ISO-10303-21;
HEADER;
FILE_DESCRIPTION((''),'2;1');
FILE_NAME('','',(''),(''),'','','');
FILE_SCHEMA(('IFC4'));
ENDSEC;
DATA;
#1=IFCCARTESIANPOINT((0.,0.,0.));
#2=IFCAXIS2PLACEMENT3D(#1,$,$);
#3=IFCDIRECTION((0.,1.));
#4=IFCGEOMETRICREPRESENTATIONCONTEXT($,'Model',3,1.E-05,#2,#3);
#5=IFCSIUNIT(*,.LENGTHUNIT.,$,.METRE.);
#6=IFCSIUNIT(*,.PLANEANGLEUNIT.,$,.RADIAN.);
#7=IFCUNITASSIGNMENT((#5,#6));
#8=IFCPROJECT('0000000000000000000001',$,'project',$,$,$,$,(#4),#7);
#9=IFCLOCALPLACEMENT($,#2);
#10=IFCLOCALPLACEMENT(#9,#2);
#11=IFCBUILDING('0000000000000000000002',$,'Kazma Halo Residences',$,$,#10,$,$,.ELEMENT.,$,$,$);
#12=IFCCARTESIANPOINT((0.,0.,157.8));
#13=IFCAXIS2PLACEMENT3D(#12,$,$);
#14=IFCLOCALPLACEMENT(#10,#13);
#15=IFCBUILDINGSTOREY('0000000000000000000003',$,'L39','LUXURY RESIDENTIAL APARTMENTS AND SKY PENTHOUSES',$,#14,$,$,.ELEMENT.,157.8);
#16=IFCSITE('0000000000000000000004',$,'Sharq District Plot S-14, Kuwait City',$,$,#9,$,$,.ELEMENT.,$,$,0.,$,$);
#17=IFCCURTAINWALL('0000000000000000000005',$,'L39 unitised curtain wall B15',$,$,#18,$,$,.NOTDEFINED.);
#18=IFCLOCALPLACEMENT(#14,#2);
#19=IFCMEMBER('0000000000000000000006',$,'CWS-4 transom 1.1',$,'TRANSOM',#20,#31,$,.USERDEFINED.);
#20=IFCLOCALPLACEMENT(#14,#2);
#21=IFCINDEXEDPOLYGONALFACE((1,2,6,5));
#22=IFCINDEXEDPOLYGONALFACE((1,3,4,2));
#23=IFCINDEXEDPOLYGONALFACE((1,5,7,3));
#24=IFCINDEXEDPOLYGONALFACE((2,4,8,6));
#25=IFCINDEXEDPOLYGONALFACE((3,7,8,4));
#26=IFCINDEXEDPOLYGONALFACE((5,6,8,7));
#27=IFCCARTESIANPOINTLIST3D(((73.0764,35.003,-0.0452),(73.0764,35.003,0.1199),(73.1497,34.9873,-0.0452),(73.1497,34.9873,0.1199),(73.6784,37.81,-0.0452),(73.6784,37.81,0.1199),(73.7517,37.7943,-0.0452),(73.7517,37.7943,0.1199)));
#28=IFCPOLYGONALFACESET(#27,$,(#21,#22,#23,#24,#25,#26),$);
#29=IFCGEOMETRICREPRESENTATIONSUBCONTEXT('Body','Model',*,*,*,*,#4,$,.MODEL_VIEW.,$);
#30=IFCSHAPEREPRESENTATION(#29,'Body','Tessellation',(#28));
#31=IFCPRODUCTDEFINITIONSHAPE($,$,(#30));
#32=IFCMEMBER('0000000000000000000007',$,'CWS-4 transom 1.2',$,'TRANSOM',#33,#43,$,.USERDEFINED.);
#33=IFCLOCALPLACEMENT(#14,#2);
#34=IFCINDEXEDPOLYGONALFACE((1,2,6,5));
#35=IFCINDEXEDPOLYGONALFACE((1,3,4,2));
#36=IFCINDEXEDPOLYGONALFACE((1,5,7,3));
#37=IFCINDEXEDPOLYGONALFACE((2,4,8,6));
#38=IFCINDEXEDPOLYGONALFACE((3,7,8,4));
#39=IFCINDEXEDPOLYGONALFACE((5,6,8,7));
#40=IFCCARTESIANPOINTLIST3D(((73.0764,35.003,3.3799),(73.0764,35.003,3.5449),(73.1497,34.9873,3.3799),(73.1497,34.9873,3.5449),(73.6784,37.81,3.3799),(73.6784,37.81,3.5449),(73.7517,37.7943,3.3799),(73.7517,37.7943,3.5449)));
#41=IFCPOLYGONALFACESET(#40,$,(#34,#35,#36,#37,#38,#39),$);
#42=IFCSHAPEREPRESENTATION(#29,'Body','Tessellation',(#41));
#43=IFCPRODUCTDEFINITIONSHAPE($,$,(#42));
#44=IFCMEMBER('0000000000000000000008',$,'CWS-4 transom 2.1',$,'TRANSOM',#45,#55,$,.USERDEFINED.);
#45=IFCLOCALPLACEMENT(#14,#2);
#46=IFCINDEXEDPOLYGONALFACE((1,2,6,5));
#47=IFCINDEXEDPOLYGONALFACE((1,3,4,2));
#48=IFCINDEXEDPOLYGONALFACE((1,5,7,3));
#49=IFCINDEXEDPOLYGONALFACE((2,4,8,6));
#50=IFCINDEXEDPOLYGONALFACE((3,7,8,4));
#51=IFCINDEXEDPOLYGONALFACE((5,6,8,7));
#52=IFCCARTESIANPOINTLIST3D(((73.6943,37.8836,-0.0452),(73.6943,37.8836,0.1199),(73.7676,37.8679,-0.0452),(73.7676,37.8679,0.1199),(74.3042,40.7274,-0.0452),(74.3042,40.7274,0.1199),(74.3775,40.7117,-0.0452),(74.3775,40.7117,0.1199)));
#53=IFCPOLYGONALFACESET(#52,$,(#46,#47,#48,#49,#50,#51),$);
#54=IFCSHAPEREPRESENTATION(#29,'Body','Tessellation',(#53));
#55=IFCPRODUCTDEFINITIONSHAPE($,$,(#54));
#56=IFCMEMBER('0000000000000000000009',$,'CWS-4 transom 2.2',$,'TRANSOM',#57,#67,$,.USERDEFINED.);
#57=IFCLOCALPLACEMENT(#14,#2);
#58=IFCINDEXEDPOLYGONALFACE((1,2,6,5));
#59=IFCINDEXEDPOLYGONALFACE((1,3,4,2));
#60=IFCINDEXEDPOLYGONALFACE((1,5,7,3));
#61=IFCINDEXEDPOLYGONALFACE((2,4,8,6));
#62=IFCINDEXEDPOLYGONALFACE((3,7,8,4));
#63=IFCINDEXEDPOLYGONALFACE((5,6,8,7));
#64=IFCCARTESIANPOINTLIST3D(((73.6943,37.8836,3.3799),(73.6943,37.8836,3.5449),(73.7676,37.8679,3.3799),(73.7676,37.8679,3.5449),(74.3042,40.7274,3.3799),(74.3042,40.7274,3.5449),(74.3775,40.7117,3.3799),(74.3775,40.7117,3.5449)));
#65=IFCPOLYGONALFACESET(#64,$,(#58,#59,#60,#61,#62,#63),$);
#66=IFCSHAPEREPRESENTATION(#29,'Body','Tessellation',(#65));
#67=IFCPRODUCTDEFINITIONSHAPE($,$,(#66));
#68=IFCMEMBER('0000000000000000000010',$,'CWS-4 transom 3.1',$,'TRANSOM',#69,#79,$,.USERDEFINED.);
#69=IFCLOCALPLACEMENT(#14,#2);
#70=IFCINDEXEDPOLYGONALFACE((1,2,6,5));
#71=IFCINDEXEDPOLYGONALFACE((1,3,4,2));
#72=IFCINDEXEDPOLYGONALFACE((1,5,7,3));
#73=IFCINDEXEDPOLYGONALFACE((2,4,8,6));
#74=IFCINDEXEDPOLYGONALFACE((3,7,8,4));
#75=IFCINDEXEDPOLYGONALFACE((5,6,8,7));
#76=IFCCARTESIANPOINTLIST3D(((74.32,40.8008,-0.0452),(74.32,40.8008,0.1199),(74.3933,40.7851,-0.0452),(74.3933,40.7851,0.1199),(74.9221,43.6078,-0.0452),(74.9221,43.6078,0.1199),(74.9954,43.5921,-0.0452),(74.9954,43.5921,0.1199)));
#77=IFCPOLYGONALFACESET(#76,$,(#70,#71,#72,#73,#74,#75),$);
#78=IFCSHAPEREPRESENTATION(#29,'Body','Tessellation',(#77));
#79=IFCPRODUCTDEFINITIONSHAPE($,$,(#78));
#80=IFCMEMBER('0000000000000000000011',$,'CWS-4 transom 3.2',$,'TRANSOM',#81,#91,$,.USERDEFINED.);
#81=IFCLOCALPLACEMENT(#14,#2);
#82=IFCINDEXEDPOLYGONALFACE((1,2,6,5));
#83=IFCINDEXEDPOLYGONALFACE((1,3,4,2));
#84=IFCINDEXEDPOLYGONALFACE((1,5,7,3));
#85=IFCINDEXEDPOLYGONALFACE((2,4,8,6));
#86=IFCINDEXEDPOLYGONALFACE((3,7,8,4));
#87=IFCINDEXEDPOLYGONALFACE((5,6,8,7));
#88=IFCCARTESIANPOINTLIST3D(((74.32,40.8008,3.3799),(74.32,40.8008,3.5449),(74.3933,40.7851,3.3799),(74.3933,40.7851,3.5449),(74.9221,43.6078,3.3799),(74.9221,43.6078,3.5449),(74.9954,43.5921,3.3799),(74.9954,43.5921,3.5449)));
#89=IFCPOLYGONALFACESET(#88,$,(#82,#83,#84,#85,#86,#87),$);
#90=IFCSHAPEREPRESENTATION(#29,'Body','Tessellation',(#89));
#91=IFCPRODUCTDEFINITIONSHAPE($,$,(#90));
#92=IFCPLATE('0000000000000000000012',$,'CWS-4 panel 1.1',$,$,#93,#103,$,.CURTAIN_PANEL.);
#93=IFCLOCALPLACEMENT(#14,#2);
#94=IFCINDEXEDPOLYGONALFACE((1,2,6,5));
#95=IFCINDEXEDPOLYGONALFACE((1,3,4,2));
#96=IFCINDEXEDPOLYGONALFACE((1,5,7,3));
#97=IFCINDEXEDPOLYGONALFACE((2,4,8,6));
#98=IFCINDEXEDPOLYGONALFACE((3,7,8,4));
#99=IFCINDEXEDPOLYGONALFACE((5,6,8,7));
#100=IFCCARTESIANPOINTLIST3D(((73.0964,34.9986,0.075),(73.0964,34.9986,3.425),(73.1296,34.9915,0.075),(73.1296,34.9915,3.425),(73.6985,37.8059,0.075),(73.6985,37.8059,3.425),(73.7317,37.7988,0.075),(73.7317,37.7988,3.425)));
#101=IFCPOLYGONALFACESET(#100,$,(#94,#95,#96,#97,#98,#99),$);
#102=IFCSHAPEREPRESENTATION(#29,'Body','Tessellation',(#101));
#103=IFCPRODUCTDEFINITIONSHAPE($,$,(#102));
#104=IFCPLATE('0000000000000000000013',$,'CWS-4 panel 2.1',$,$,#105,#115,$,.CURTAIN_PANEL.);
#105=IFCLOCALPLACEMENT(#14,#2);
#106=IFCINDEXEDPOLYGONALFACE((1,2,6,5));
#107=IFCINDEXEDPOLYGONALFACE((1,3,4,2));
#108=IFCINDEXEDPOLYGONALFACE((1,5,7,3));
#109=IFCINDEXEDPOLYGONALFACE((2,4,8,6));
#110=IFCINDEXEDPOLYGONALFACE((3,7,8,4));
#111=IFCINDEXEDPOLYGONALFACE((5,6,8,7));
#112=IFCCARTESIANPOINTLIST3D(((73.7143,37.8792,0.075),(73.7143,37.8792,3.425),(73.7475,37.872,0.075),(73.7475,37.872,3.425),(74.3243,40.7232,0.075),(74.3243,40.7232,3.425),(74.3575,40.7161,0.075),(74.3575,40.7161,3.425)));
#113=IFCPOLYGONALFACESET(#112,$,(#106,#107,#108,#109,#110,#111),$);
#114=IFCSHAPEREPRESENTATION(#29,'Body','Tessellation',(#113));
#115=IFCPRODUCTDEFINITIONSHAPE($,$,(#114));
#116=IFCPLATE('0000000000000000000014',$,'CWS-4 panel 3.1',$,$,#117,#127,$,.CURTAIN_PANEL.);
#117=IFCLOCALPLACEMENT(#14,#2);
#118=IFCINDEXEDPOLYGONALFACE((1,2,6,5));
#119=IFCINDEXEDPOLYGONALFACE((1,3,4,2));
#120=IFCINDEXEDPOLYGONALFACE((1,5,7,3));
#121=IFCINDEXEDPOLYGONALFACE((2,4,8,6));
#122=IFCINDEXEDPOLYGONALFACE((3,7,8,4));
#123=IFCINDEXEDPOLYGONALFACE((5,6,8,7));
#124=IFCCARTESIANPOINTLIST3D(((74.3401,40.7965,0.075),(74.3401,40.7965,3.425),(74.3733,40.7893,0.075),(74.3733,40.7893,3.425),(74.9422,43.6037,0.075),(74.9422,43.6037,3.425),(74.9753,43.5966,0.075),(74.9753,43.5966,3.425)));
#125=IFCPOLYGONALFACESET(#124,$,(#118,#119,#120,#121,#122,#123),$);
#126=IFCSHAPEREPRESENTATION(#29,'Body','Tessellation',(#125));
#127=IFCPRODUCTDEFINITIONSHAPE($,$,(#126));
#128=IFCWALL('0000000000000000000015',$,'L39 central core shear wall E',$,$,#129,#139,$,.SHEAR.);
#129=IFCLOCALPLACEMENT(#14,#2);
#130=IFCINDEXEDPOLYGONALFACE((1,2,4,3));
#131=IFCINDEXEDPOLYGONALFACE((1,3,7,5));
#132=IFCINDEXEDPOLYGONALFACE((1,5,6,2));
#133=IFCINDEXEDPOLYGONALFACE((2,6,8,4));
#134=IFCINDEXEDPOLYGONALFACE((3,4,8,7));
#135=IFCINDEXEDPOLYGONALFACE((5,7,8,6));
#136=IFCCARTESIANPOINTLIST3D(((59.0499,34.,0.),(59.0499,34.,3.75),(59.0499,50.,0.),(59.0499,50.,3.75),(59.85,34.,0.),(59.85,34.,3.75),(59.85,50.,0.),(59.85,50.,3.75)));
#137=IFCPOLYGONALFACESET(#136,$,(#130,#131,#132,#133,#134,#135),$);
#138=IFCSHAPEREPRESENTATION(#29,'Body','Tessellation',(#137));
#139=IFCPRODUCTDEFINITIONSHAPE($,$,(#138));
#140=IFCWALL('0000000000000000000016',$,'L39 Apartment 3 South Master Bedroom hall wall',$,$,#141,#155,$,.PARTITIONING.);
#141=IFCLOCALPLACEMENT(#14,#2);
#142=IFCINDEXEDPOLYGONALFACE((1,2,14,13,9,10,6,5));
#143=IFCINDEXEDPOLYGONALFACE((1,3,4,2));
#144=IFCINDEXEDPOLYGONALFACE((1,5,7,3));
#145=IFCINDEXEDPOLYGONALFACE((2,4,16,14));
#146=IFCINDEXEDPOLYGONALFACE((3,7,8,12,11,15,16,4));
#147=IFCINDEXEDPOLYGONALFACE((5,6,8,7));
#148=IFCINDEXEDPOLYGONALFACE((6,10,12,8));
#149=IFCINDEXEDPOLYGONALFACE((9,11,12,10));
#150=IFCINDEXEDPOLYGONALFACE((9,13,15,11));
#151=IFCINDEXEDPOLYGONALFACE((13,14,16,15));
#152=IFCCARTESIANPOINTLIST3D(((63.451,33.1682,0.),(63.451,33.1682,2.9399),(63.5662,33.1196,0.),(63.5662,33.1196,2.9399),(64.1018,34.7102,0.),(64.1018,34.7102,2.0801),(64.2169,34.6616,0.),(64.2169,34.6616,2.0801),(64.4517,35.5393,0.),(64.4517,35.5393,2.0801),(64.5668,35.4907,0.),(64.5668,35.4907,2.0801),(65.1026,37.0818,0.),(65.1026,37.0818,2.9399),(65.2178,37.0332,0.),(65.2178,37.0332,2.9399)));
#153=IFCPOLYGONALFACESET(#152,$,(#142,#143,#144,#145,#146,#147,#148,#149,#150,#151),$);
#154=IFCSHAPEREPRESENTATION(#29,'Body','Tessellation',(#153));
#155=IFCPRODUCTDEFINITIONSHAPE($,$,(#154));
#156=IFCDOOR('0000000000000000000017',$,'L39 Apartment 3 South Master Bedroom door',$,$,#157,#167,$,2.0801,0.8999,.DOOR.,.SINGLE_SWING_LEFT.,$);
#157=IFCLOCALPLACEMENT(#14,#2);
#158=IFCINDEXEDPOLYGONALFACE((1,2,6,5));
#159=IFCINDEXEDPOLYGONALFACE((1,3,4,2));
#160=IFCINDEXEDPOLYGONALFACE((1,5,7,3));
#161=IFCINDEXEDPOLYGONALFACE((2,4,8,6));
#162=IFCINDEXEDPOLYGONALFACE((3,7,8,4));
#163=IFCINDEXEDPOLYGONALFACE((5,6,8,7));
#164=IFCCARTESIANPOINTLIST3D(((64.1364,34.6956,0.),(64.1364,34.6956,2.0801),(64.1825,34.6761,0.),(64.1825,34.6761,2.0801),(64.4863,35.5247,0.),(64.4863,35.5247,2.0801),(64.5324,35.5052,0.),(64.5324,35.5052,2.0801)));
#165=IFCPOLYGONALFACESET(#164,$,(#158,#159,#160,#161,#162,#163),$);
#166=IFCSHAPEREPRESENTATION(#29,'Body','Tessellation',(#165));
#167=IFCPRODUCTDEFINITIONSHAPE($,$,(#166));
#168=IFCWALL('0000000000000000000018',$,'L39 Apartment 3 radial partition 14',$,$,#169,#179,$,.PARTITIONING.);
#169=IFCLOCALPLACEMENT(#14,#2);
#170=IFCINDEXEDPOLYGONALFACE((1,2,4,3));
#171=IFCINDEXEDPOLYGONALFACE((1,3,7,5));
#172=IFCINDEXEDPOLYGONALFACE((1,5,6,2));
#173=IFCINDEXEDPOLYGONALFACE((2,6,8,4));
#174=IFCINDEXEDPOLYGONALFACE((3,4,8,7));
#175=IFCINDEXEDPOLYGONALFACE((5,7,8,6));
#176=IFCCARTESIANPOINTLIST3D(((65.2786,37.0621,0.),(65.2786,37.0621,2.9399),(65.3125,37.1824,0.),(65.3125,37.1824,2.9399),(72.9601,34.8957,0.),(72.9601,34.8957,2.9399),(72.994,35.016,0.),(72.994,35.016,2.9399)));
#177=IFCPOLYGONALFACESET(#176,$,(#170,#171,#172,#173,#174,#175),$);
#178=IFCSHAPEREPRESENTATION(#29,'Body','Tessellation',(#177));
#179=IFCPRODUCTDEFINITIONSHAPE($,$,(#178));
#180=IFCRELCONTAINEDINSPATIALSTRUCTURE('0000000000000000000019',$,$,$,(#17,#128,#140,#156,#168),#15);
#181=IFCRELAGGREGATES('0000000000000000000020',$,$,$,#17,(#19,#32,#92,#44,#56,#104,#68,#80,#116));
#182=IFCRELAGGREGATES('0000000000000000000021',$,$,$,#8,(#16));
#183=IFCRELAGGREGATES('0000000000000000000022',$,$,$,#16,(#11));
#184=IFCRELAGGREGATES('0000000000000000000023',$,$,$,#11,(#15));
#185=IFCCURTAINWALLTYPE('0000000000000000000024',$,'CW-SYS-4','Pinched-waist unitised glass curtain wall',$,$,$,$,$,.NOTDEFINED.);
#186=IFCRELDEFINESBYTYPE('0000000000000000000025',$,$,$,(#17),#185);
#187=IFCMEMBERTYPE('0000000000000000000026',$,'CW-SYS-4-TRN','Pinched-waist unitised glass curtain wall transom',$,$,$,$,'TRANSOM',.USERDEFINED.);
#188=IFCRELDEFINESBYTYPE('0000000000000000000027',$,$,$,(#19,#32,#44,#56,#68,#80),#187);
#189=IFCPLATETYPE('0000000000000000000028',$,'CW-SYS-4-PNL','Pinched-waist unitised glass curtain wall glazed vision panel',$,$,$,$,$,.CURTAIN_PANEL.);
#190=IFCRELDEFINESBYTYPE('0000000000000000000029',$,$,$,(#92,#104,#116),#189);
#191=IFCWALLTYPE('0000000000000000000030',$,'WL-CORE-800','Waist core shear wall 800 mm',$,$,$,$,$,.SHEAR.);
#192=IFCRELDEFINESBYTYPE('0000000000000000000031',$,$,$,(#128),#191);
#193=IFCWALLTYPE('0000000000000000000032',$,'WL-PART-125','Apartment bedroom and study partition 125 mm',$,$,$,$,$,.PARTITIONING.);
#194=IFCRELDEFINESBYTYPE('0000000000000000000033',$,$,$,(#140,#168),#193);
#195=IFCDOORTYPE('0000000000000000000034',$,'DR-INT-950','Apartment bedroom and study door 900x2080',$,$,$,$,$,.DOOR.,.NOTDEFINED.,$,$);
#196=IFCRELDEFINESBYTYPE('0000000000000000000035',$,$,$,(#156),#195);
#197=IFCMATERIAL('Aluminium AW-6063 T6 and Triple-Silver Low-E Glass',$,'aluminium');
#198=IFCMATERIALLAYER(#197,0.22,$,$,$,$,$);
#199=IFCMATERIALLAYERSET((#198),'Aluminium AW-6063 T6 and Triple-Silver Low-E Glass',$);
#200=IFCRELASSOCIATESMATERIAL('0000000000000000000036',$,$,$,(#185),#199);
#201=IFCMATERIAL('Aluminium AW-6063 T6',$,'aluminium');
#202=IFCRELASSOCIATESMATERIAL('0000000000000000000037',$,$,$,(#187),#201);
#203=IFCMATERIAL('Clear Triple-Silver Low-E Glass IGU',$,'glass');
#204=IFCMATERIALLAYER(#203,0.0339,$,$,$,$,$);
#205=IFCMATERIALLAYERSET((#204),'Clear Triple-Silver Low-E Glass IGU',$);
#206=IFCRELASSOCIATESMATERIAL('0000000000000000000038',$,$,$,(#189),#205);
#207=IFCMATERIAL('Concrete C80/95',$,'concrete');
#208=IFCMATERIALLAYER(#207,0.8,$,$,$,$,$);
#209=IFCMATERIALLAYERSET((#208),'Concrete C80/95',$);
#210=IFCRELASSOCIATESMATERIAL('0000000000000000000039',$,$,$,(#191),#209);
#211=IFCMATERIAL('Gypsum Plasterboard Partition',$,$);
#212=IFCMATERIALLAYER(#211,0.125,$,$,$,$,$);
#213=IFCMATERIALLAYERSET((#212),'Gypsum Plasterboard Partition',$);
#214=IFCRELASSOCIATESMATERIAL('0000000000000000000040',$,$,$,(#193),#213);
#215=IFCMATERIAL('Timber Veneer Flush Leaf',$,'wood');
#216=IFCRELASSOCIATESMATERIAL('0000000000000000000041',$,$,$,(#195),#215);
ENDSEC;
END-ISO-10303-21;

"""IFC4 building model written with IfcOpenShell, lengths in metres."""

from ifc_helpers import new_model, si_unit, direction, frame, frame_2d, origin, origin_2d, place, context, subcontext, project, spatial, rectangle, extrude, material, layer, layer_set, material_profile, profile_set, type_object, element, fill, aggregate, save


model = new_model("IFC4")

# Units and contexts
model_context = context("Model", 3, precision=1e-05, world=origin(), true_north=direction((0.0, 1.0)))
body_context = subcontext(model_context, "Body", "Model", "MODEL_VIEW")
ifc_project = project(units=[si_unit("LENGTHUNIT", "METRE"), si_unit("PLANEANGLEUNIT", "RADIAN")], contexts=[model_context])

# Site, building, storey
site_placement = place(None, origin())
site = spatial("IfcSite", under=ifc_project, at=site_placement, Name="Sharq District Plot S-14, Kuwait City", CompositionType="ELEMENT", RefElevation=0.0)
building_placement = place(site_placement, origin())
building = spatial("IfcBuilding", under=site, at=building_placement, Name="Kazma Halo Residences", CompositionType="ELEMENT")
storey_placement = place(building_placement, frame((0.0, 0.0, 157.8)))
storey = spatial("IfcBuildingStorey", under=building, at=storey_placement, Name="L39", Description="LUXURY RESIDENTIAL APARTMENTS AND SKY PENTHOUSES", CompositionType="ELEMENT", Elevation=157.8)

# Shared definitions
ifc_material_1 = material(Name="Concrete C80/95", Category="concrete")

# Curtain wall, members, plates
ifc_material_2 = material(Name="Aluminium AW-6063 T6 and Triple-Silver Low-E Glass", Category="aluminium")
ifc_layer_1 = layer(ifc_material_2, 0.22)
ifc_layer_set_1 = layer_set([ifc_layer_1], Name="Aluminium AW-6063 T6 and Triple-Silver Low-E Glass")
curtain_wall_type = type_object("IfcCurtainWallType", Name="CW-SYS-4", Description="Pinched-waist unitised glass curtain wall", PredefinedType="NOTDEFINED", material=ifc_layer_set_1)
curtain_wall_placement = place(storey_placement, origin())
curtain_wall = element("IfcCurtainWall", 1, at=curtain_wall_placement, inside=storey, type_object=curtain_wall_type, Name="L39 unitised curtain wall B15", PredefinedType="NOTDEFINED")
ifc_material_3 = material(Name="Aluminium AW-6063 T6", Category="aluminium")
ifc_material_profile_1 = material_profile(ifc_material_3, rectangle(XDim=0.075, YDim=0.165, at=origin_2d()), Name="CWT-75x165")
ifc_profile_set_1 = profile_set([ifc_material_profile_1], Name="Aluminium AW-6063 T6")
member_type_1 = type_object("IfcMemberType", Name="CW-SYS-4-TRN", Description="Pinched-waist unitised glass curtain wall transom", ElementType="TRANSOM", PredefinedType="USERDEFINED", material=ifc_profile_set_1)
member_1_placement = place(storey_placement, frame((73.113, 34.9951, 0.0374), z_axis=(0.209703, 0.977765, 0.0), x_axis=(-0.977765, 0.209703, 0.0)))
member_1 = element("IfcMember", 2, at=member_1_placement, type_object=member_type_1, Name="CWS-4 transom 1.1", ObjectType="TRANSOM", PredefinedType="USERDEFINED", context=body_context, shape_type="SweptSolid", body=[
    extrude(rectangle(XDim=0.075, YDim=0.165, at=origin_2d()), origin(), (0.0, 0.0, 1.0), 2.8708),
])
member_2_placement = place(storey_placement, frame((73.113, 34.9951, 3.4624), z_axis=(0.209703, 0.977765, 0.0), x_axis=(-0.977765, 0.209703, 0.0)))
member_2 = element("IfcMember", 3, at=member_2_placement, type_object=member_type_1, Name="CWS-4 transom 1.2", ObjectType="TRANSOM", PredefinedType="USERDEFINED", context=body_context, shape_type="SweptSolid", body=[
    extrude(rectangle(XDim=0.075, YDim=0.165, at=origin_2d()), origin(), (0.0, 0.0, 1.0), 2.8708),
])
member_3_placement = place(storey_placement, frame((73.731, 37.8757, 0.0374), z_axis=(0.20969, 0.977768, 0.0), x_axis=(-0.977768, 0.20969, 0.0)))
member_3 = element("IfcMember", 4, at=member_3_placement, type_object=member_type_1, Name="CWS-4 transom 2.1", ObjectType="TRANSOM", PredefinedType="USERDEFINED", context=body_context, shape_type="SweptSolid", body=[
    extrude(rectangle(XDim=0.075, YDim=0.165, at=origin_2d()), origin(), (0.0, 0.0, 1.0), 2.9084),
])
member_4_placement = place(storey_placement, frame((73.731, 37.8757, 3.4624), z_axis=(0.20969, 0.977768, 0.0), x_axis=(-0.977768, 0.20969, 0.0)))
member_4 = element("IfcMember", 5, at=member_4_placement, type_object=member_type_1, Name="CWS-4 transom 2.2", ObjectType="TRANSOM", PredefinedType="USERDEFINED", context=body_context, shape_type="SweptSolid", body=[
    extrude(rectangle(XDim=0.075, YDim=0.165, at=origin_2d()), origin(), (0.0, 0.0, 1.0), 2.9084),
])
member_5_placement = place(storey_placement, frame((74.3567, 40.793, 0.0374), z_axis=(0.209703, 0.977765, 0.0), x_axis=(-0.977765, 0.209703, 0.0)))
member_5 = element("IfcMember", 6, at=member_5_placement, type_object=member_type_1, Name="CWS-4 transom 3.1", ObjectType="TRANSOM", PredefinedType="USERDEFINED", context=body_context, shape_type="SweptSolid", body=[
    extrude(rectangle(XDim=0.075, YDim=0.165, at=origin_2d()), origin(), (0.0, 0.0, 1.0), 2.8708),
])
member_6_placement = place(storey_placement, frame((74.3567, 40.793, 3.4624), z_axis=(0.209703, 0.977765, 0.0), x_axis=(-0.977765, 0.209703, 0.0)))
member_6 = element("IfcMember", 7, at=member_6_placement, type_object=member_type_1, Name="CWS-4 transom 3.2", ObjectType="TRANSOM", PredefinedType="USERDEFINED", context=body_context, shape_type="SweptSolid", body=[
    extrude(rectangle(XDim=0.075, YDim=0.165, at=origin_2d()), origin(), (0.0, 0.0, 1.0), 2.8708),
])
ifc_material_4 = material(Name="Clear Triple-Silver Low-E Glass IGU", Category="glass")
ifc_layer_2 = layer(ifc_material_4, 0.0339)
ifc_layer_set_2 = layer_set([ifc_layer_2], Name="Clear Triple-Silver Low-E Glass IGU")
plate_type = type_object("IfcPlateType", Name="CW-SYS-4-PNL", Description="Pinched-waist unitised glass curtain wall glazed vision panel", PredefinedType="CURTAIN_PANEL", material=ifc_layer_set_2)
plate_1_placement = place(storey_placement, frame((73.4141, 36.3987, 0.075), z_axis=(0.0, 0.0, 1.0), x_axis=(0.209704, 0.977765, 0.0)))
plate_1 = element("IfcPlate", 8, at=plate_1_placement, type_object=plate_type, Name="CWS-4 panel 1.1", PredefinedType="CURTAIN_PANEL", context=body_context, shape_type="SweptSolid", body=[
    extrude(rectangle(XDim=2.8711, YDim=0.0339, at=origin_2d()), origin(), (0.0, 0.0, 1.0), 3.3501),
])
plate_2_placement = place(storey_placement, frame((74.0359, 39.2976, 0.075), z_axis=(0.0, 0.0, 1.0), x_axis=(0.209704, 0.977765, 0.0)))
plate_2 = element("IfcPlate", 9, at=plate_2_placement, type_object=plate_type, Name="CWS-4 panel 2.1", PredefinedType="CURTAIN_PANEL", context=body_context, shape_type="SweptSolid", body=[
    extrude(rectangle(XDim=2.9087, YDim=0.0339, at=origin_2d()), origin(), (0.0, 0.0, 1.0), 3.3501),
])
plate_3_placement = place(storey_placement, frame((74.6577, 42.1965, 0.075), z_axis=(0.0, 0.0, 1.0), x_axis=(0.209704, 0.977765, 0.0)))
plate_3 = element("IfcPlate", 10, at=plate_3_placement, type_object=plate_type, Name="CWS-4 panel 3.1", PredefinedType="CURTAIN_PANEL", context=body_context, shape_type="SweptSolid", body=[
    extrude(rectangle(XDim=2.8711, YDim=0.0339, at=origin_2d()), origin(), (0.0, 0.0, 1.0), 3.3501),
])
aggregate(curtain_wall, [member_1, member_2, plate_1, member_3, member_4, plate_2, member_5, member_6, plate_3])

# Wall
ifc_layer_3 = layer(ifc_material_1, 0.8)
ifc_layer_set_3 = layer_set([ifc_layer_3], Name="Concrete C80/95")
wall_type_1 = type_object("IfcWallType", Name="WL-CORE-800", Description="Waist core shear wall 800 mm", PredefinedType="SHEAR", material=ifc_layer_set_3)
wall_1_placement = place(storey_placement, frame((59.45, 34.0, 0.0), z_axis=(0.0, 0.0, 1.0), x_axis=(0.0, 1.0, 0.0)))
element("IfcWall", 11, at=wall_1_placement, inside=storey, type_object=wall_type_1, Name="L39 central core shear wall E", PredefinedType="SHEAR", context=body_context, shape_type="SweptSolid", body=[
    extrude(rectangle(XDim=16.0, YDim=0.8, at=frame_2d((8.0, 0.0))), origin(), (0.0, 0.0, 1.0), 3.75),
])

# Wall, opening, door
ifc_material_5 = material(Name="Gypsum Plasterboard Partition")
ifc_layer_4 = layer(ifc_material_5, 0.125)
ifc_layer_set_4 = layer_set([ifc_layer_4], Name="Gypsum Plasterboard Partition")
wall_type_2 = type_object("IfcWallType", Name="WL-PART-125", Description="Apartment bedroom and study partition 125 mm", PredefinedType="PARTITIONING", material=ifc_layer_set_4)
wall_2_placement = place(storey_placement, frame((63.5085, 33.1438, 0.0), z_axis=(0.0, 0.0, 1.0), x_axis=(0.388815, 0.921316, 0.0)))
wall_2 = element("IfcWall", 12, at=wall_2_placement, inside=storey, type_object=wall_type_2, Name="L39 Apartment 3 South Master Bedroom hall wall", PredefinedType="PARTITIONING", context=body_context, shape_type="SweptSolid", body=[
    extrude(rectangle(XDim=4.2478, YDim=0.125, at=frame_2d((2.124, 0.0))), origin(), (0.0, 0.0, 1.0), 2.9399),
])
opening_1_placement = place(wall_2_placement, frame((1.6738, 0.0, 0.0)))
opening_1 = element("IfcOpeningElement", 13, at=opening_1_placement, cuts=wall_2, PredefinedType="OPENING", context=body_context, shape_type="SweptSolid", body=[
    extrude(rectangle(XDim=0.8999, YDim=2.0801, at=frame_2d((0.45, 1.04))), frame((0.0, 0.0725, 0.0), z_axis=(0.0, -1.0, 0.0), x_axis=(1.0, 0.0, 0.0)), (0.0, 0.0, 1.0), 0.145),
])
ifc_material_6 = material(Name="Timber Veneer Flush Leaf", Category="wood")
door_type = type_object("IfcDoorType", Name="DR-INT-950", Description="Apartment bedroom and study door 900x2080", OperationType="NOTDEFINED", PredefinedType="DOOR", material=ifc_material_6)
door_1_placement = place(opening_1_placement, origin())
door_1 = element("IfcDoor", 14, at=door_1_placement, inside=storey, type_object=door_type, Name="L39 Apartment 3 South Master Bedroom door", OperationType="SINGLE_SWING_LEFT", OverallHeight=2.0801, OverallWidth=0.8999, PredefinedType="DOOR", context=body_context, shape_type="SweptSolid", body=[
    extrude(rectangle(XDim=0.8999, YDim=2.0801, at=frame_2d((0.45, 1.04))), frame((0.0, 0.0249, 0.0), z_axis=(0.0, -1.0, 0.0), x_axis=(1.0, 0.0, 0.0)), (0.0, 0.0, 1.0), 0.05),
])
fill(opening_1, door_1)

# Wall
wall_3_placement = place(storey_placement, frame((65.2954, 37.1223, 0.0), z_axis=(0.0, 0.0, 1.0), x_axis=(0.962453, -0.271447, 0.0)))
element("IfcWall", 15, at=wall_3_placement, inside=storey, type_object=wall_type_2, Name="L39 Apartment 3 radial partition 14", PredefinedType="PARTITIONING", context=body_context, shape_type="SweptSolid", body=[
    extrude(rectangle(XDim=7.9812, YDim=0.125, at=frame_2d((3.9907, 0.0))), origin(), (0.0, 0.0, 1.0), 2.9399),
])

save(model, "model.ifc")
